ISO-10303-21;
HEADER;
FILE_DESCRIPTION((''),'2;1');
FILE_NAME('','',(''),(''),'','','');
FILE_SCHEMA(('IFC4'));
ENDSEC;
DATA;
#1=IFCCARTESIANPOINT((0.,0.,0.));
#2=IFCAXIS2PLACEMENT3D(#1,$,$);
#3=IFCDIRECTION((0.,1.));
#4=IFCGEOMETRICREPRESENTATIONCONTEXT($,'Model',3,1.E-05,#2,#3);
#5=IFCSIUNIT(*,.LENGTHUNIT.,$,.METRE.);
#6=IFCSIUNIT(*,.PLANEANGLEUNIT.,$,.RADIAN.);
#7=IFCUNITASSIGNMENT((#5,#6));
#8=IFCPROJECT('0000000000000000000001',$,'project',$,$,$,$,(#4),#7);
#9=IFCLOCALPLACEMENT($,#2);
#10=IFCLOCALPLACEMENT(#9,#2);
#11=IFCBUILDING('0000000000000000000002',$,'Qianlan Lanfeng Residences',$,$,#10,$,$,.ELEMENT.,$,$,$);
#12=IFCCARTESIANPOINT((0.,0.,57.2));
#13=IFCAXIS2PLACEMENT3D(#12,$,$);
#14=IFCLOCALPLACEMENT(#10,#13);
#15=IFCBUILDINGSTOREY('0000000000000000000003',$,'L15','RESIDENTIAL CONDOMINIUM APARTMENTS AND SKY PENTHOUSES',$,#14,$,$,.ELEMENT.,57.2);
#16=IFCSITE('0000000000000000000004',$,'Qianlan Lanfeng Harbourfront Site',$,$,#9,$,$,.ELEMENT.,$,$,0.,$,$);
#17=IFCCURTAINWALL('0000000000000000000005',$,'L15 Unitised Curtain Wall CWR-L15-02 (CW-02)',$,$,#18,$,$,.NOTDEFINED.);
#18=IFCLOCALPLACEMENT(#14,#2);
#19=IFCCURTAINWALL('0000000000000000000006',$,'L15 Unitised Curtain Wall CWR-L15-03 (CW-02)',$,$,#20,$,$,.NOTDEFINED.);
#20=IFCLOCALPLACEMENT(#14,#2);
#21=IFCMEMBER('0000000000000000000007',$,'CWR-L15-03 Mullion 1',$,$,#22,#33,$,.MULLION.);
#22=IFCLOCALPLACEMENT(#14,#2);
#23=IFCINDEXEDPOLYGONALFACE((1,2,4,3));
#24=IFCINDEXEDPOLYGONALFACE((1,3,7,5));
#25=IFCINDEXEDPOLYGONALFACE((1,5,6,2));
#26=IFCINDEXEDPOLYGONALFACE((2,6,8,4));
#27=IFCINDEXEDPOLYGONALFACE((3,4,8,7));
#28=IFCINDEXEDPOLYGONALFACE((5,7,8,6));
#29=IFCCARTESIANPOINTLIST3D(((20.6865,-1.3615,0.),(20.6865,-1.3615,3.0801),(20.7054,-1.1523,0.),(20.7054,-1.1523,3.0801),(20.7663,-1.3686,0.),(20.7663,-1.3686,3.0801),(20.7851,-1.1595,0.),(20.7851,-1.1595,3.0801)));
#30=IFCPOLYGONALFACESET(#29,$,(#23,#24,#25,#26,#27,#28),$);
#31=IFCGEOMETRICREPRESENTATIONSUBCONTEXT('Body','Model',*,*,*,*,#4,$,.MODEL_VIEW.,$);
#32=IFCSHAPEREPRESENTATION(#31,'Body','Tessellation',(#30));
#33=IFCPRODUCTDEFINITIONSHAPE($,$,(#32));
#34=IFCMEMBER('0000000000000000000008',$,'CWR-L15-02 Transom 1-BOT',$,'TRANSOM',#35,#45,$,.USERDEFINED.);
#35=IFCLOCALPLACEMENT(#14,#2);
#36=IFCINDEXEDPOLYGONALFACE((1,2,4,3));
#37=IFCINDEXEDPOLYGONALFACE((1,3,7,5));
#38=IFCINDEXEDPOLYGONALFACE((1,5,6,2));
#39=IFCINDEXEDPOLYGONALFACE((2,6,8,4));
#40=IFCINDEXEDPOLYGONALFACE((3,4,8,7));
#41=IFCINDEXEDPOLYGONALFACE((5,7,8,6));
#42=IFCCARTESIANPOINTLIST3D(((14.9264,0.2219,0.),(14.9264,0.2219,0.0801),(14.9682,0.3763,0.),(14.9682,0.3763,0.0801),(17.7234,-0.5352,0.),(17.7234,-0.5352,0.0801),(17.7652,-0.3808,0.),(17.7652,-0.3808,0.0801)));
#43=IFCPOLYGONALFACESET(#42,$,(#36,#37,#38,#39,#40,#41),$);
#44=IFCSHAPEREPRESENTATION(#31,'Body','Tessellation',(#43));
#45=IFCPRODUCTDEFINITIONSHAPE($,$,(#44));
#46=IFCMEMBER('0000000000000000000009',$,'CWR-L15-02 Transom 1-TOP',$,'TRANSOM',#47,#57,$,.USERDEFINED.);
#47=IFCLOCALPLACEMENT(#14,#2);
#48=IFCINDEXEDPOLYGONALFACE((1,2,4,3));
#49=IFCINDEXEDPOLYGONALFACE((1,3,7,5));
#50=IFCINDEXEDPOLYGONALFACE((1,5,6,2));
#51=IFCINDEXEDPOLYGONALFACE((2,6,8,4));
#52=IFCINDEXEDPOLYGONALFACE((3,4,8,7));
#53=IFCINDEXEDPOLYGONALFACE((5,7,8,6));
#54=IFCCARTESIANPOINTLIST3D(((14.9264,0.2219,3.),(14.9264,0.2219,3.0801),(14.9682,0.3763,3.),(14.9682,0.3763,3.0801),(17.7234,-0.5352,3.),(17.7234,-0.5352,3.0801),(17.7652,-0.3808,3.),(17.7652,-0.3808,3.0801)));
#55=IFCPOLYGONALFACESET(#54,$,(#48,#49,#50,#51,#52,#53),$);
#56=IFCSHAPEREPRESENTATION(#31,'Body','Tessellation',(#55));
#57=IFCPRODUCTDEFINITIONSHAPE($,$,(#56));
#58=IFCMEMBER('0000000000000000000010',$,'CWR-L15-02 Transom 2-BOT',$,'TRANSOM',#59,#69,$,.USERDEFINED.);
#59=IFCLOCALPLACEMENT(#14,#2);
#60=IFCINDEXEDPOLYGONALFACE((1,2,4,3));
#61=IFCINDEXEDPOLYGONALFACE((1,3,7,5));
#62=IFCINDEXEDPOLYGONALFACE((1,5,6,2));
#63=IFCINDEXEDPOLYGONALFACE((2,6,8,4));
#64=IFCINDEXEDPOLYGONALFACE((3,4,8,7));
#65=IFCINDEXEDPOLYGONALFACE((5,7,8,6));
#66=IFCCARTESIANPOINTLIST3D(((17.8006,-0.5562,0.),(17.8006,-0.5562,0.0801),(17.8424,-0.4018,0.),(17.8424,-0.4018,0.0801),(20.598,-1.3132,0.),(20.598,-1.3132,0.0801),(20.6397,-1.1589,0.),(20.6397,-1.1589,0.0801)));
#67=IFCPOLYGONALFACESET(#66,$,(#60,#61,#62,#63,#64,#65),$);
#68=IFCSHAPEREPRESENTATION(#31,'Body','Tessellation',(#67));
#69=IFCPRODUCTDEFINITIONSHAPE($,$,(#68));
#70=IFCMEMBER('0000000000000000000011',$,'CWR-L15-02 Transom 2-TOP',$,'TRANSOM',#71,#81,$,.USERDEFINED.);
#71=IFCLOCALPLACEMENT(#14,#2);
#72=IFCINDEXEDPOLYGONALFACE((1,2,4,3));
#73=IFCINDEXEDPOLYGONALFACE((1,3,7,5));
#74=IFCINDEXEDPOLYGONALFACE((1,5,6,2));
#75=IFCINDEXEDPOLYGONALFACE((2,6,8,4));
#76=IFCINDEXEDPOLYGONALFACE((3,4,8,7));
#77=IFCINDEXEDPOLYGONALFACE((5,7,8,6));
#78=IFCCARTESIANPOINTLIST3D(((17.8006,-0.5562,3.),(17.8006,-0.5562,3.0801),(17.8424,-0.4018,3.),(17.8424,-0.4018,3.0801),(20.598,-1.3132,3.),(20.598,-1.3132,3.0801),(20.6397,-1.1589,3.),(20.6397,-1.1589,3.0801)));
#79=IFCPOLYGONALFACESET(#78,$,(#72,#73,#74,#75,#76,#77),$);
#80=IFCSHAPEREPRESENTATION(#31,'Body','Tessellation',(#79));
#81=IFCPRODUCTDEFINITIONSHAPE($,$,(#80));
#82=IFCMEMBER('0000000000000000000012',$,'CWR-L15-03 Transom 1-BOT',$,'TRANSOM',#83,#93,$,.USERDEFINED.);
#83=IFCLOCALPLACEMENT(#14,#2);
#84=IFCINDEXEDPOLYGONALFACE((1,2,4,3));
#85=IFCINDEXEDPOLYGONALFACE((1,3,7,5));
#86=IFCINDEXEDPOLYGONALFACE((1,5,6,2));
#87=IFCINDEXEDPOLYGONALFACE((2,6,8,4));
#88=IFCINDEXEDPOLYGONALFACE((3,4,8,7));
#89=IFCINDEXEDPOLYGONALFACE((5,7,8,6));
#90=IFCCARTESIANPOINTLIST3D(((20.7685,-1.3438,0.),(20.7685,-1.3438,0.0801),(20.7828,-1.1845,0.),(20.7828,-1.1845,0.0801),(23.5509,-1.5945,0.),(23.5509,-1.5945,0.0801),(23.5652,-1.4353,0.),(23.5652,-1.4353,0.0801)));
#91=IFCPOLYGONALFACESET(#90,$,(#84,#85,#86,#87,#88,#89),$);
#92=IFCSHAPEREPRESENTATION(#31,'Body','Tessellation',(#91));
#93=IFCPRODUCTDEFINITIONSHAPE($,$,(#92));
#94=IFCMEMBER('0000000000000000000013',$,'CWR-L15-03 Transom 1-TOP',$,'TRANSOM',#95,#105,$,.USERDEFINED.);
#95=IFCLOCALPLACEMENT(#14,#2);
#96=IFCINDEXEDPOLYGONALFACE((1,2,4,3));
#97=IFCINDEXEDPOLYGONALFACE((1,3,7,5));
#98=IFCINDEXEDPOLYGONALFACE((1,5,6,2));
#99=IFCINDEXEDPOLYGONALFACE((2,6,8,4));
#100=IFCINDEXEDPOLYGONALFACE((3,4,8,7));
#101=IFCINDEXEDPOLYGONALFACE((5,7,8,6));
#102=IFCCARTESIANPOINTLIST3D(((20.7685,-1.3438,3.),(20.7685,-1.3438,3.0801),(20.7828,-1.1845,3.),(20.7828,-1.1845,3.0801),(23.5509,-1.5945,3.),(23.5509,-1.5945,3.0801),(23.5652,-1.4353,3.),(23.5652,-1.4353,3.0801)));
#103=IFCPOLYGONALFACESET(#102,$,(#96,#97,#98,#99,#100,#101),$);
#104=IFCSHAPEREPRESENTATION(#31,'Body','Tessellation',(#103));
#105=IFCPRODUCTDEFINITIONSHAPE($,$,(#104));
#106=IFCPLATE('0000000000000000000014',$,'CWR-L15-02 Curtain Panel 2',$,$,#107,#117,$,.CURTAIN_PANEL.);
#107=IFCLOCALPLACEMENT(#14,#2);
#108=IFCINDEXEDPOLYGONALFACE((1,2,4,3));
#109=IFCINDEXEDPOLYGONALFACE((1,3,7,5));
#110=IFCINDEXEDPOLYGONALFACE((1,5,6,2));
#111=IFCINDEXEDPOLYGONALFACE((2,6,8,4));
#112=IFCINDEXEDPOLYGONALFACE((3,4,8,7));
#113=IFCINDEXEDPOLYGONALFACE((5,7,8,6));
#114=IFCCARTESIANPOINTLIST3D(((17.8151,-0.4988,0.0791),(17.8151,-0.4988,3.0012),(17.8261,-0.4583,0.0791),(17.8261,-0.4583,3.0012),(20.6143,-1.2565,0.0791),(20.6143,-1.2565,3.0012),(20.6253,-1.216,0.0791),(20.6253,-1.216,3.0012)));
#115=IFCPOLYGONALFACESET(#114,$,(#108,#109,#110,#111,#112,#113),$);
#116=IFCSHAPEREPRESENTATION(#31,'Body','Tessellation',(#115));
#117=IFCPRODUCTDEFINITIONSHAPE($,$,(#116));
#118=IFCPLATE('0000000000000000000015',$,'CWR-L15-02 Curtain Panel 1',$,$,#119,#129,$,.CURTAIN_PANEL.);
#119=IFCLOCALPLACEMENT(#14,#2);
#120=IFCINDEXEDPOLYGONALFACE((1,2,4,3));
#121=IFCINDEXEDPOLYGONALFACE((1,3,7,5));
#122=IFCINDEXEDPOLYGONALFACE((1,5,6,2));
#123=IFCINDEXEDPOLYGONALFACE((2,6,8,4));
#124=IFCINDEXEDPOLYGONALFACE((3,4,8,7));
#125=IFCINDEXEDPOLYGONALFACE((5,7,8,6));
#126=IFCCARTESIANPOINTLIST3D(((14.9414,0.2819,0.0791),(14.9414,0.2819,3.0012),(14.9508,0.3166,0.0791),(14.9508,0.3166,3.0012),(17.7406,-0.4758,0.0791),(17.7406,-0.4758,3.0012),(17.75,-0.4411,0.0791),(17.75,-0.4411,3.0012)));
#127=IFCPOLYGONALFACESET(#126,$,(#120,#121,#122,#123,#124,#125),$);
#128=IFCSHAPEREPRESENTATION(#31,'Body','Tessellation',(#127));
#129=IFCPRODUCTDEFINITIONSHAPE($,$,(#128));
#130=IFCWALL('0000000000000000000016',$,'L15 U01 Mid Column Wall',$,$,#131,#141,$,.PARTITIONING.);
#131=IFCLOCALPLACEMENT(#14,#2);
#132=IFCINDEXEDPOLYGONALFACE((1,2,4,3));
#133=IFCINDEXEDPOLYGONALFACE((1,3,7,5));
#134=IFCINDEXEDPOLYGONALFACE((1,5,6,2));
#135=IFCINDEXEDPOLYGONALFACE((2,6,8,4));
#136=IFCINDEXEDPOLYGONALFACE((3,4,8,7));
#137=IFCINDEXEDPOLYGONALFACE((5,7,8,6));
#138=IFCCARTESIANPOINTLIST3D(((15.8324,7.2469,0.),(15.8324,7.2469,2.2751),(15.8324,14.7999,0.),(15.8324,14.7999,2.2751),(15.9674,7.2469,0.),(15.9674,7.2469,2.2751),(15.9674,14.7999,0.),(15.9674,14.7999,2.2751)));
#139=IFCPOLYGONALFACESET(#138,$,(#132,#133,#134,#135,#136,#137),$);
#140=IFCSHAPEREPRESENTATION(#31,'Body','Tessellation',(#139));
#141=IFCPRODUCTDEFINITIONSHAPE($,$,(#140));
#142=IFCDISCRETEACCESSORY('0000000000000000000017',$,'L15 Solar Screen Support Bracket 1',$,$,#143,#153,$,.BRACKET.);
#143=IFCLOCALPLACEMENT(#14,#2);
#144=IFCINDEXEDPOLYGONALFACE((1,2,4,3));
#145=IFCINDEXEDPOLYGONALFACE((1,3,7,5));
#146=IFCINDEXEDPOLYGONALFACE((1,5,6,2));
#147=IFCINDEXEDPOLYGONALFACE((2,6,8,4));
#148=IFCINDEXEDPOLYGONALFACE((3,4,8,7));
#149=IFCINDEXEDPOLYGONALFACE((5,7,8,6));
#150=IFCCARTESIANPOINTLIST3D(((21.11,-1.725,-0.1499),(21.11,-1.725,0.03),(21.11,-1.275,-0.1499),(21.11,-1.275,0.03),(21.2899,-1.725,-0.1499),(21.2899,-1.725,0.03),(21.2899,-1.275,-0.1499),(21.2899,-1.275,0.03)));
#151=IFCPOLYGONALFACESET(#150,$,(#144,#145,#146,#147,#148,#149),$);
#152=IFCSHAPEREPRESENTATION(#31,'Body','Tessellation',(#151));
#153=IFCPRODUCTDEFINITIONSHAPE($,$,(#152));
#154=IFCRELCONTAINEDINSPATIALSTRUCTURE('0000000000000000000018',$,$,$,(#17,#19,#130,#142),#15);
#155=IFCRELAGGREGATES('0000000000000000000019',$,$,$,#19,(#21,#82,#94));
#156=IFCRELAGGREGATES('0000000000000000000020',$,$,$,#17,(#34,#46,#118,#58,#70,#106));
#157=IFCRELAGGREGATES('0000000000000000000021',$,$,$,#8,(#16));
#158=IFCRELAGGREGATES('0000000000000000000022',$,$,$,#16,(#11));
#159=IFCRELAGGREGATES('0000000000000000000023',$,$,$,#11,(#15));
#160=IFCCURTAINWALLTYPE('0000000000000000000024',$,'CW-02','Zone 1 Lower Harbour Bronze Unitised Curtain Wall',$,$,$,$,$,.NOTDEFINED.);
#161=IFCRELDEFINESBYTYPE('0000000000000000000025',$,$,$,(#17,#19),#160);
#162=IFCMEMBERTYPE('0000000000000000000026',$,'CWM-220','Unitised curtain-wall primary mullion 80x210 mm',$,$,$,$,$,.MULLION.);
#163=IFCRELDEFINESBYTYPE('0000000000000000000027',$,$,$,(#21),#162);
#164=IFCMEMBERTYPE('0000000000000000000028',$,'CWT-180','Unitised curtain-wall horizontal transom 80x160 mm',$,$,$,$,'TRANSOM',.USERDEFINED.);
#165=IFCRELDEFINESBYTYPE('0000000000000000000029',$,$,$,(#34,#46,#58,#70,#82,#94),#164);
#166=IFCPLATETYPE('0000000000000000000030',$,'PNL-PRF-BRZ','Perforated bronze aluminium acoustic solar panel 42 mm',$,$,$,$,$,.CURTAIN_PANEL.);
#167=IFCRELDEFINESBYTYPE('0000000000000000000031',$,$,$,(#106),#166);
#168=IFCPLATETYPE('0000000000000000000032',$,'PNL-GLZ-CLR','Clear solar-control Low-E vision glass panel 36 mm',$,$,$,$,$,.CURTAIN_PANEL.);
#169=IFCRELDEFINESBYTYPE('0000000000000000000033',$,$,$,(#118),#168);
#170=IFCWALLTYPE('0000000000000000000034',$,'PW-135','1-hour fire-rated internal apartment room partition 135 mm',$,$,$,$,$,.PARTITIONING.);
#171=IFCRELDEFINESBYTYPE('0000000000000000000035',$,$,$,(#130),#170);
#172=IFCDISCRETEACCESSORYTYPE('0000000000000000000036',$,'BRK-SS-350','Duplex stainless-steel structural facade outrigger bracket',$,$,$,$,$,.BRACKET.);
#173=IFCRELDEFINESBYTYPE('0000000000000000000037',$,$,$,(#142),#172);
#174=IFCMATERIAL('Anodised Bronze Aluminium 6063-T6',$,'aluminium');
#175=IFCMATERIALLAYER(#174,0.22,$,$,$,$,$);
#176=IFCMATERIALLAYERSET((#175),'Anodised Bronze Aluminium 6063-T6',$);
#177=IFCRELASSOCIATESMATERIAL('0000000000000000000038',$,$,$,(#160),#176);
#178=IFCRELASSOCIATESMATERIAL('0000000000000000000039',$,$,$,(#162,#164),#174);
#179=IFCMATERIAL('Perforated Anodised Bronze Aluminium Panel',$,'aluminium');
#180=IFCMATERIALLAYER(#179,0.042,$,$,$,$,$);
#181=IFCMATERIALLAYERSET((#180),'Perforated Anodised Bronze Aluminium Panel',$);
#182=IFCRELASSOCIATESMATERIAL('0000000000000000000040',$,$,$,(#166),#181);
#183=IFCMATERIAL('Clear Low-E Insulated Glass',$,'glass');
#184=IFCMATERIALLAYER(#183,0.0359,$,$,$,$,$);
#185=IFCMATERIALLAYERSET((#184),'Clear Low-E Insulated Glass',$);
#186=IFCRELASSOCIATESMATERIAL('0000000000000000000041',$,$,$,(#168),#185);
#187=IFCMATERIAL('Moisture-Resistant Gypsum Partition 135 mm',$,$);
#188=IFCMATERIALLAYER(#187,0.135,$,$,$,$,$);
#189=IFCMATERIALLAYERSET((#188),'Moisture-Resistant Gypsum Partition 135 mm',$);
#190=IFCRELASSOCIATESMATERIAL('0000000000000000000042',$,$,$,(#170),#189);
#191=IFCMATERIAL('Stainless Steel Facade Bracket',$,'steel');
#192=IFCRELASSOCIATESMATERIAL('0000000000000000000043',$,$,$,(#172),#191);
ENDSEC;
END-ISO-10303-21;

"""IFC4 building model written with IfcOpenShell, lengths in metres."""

from ifc_helpers import new_model, si_unit, direction, frame, frame_2d, origin, origin_2d, place, context, subcontext, project, spatial, rectangle, extrude, source, transform, mapped, material, layer, layer_set, material_profile, profile_set, type_object, element, aggregate, save


model = new_model("IFC4")

# Units and contexts
model_context = context("Model", 3, precision=1e-05, world=origin(), true_north=direction((0.0, 1.0)))
body_context = subcontext(model_context, "Body", "Model", "MODEL_VIEW")
ifc_project = project(units=[si_unit("LENGTHUNIT", "METRE"), si_unit("PLANEANGLEUNIT", "RADIAN")], contexts=[model_context])

# Site, building, storey
site_placement = place(None, origin())
site = spatial("IfcSite", under=ifc_project, at=site_placement, Name="Qianlan Lanfeng Harbourfront Site", CompositionType="ELEMENT", RefElevation=0.0)
building_placement = place(site_placement, origin())
building = spatial("IfcBuilding", under=site, at=building_placement, Name="Qianlan Lanfeng Residences", CompositionType="ELEMENT")
storey_placement = place(building_placement, frame((0.0, 0.0, 57.2)))
storey = spatial("IfcBuildingStorey", under=building, at=storey_placement, Name="L15", Description="RESIDENTIAL CONDOMINIUM APARTMENTS AND SKY PENTHOUSES", CompositionType="ELEMENT", Elevation=57.2)

# Curtain wall
ifc_material_1 = material(Name="Anodised Bronze Aluminium 6063-T6", Category="aluminium")
ifc_layer_1 = layer(ifc_material_1, 0.22)
ifc_layer_set_1 = layer_set([ifc_layer_1], Name="Anodised Bronze Aluminium 6063-T6")
curtain_wall_type = type_object("IfcCurtainWallType", Name="CW-02", Description="Zone 1 Lower Harbour Bronze Unitised Curtain Wall", PredefinedType="NOTDEFINED", material=ifc_layer_set_1)
curtain_wall_1_placement = place(storey_placement, origin())
curtain_wall_1 = element("IfcCurtainWall", 1, at=curtain_wall_1_placement, inside=storey, type_object=curtain_wall_type, Name="L15 Unitised Curtain Wall CWR-L15-02 (CW-02)", PredefinedType="NOTDEFINED")
ifc_material_profile_1 = material_profile(ifc_material_1, rectangle(XDim=0.0801, YDim=0.21, at=origin_2d()), Name="ALU MULLION 80x210")
ifc_profile_set_1 = profile_set([ifc_material_profile_1], Name="Anodised Bronze Aluminium 6063-T6")
member_type_1 = type_object("IfcMemberType", Name="CWM-220", Description="Unitised curtain-wall primary mullion 80x210 mm", PredefinedType="MULLION", material=ifc_profile_set_1)
shared_shape_1 = source(origin(), body_context, "Body", "SweptSolid", [
    extrude(rectangle(XDim=0.0801, YDim=0.21, at=origin_2d()), origin(), (0.0, 0.0, 1.0), 3.0801),
])

# Curtain wall, member
curtain_wall_2_placement = place(storey_placement, origin())
curtain_wall_2 = element("IfcCurtainWall", 2, at=curtain_wall_2_placement, inside=storey, type_object=curtain_wall_type, Name="L15 Unitised Curtain Wall CWR-L15-03 (CW-02)", PredefinedType="NOTDEFINED")
member_1_placement = place(storey_placement, frame((20.7358, -1.2605, 0.0), z_axis=(0.0, 0.0, 1.0), x_axis=(0.995965, -0.089746, 0.0)))
member_1 = element("IfcMember", 3, at=member_1_placement, type_object=member_type_1, Name="CWR-L15-03 Mullion 1", PredefinedType="MULLION", context=body_context, shape_type="MappedRepresentation", body=[
    mapped(shared_shape_1, transform((0.0, 0.0, 0.0), scale=1.0)),
])

# Members
ifc_material_profile_2 = material_profile(ifc_material_1, rectangle(XDim=0.0801, YDim=0.1599, at=origin_2d()), Name="ALU TRANSOM 80x160")
ifc_profile_set_2 = profile_set([ifc_material_profile_2], Name="Anodised Bronze Aluminium 6063-T6")
member_type_2 = type_object("IfcMemberType", Name="CWT-180", Description="Unitised curtain-wall horizontal transom 80x160 mm", ElementType="TRANSOM", PredefinedType="USERDEFINED", material=ifc_profile_set_2)
shared_shape_2 = source(origin(), body_context, "Body", "SweptSolid", [
    extrude(rectangle(XDim=0.0801, YDim=0.1599, at=origin_2d()), origin(), (0.0, 0.0, 1.0), 2.8977),
])
member_2_placement = place(storey_placement, frame((14.9473, 0.2991, 0.04), z_axis=(0.965268, -0.261263, 0.0), x_axis=(0.0, 0.0, 1.0)))
member_2 = element("IfcMember", 4, at=member_2_placement, type_object=member_type_2, Name="CWR-L15-02 Transom 1-BOT", ObjectType="TRANSOM", PredefinedType="USERDEFINED", context=body_context, shape_type="MappedRepresentation", body=[
    mapped(shared_shape_2, transform((0.0, 0.0, 0.0), scale=1.0)),
])
member_3_placement = place(storey_placement, frame((14.9473, 0.2991, 3.04), z_axis=(0.965268, -0.261263, 0.0), x_axis=(0.0, 0.0, 1.0)))
member_3 = element("IfcMember", 5, at=member_3_placement, type_object=member_type_2, Name="CWR-L15-02 Transom 1-TOP", ObjectType="TRANSOM", PredefinedType="USERDEFINED", context=body_context, shape_type="MappedRepresentation", body=[
    mapped(shared_shape_2, transform((0.0, 0.0, 0.0), scale=1.0)),
])
shared_shape_3 = source(origin(), body_context, "Body", "SweptSolid", [
    extrude(rectangle(XDim=0.0801, YDim=0.1599, at=origin_2d()), origin(), (0.0, 0.0, 1.0), 2.8979),
])
member_4_placement = place(storey_placement, frame((17.8215, -0.479, 0.04), z_axis=(0.965273, -0.261242, 0.0), x_axis=(0.0, 0.0, 1.0)))
member_4 = element("IfcMember", 6, at=member_4_placement, type_object=member_type_2, Name="CWR-L15-02 Transom 2-BOT", ObjectType="TRANSOM", PredefinedType="USERDEFINED", context=body_context, shape_type="MappedRepresentation", body=[
    mapped(shared_shape_3, transform((0.0, 0.0, 0.0), scale=1.0)),
])
member_5_placement = place(storey_placement, frame((17.8215, -0.479, 3.04), z_axis=(0.965273, -0.261242, 0.0), x_axis=(0.0, 0.0, 1.0)))
member_5 = element("IfcMember", 7, at=member_5_placement, type_object=member_type_2, Name="CWR-L15-02 Transom 2-TOP", ObjectType="TRANSOM", PredefinedType="USERDEFINED", context=body_context, shape_type="MappedRepresentation", body=[
    mapped(shared_shape_3, transform((0.0, 0.0, 0.0), scale=1.0)),
])
shared_shape_4 = source(origin(), body_context, "Body", "SweptSolid", [
    extrude(rectangle(XDim=0.0801, YDim=0.1599, at=origin_2d()), origin(), (0.0, 0.0, 1.0), 2.7937),
])
member_6_placement = place(storey_placement, frame((20.7756, -1.2642, 0.04), z_axis=(0.995965, -0.089748, 0.0), x_axis=(0.0, 0.0, 1.0)))
member_6 = element("IfcMember", 8, at=member_6_placement, type_object=member_type_2, Name="CWR-L15-03 Transom 1-BOT", ObjectType="TRANSOM", PredefinedType="USERDEFINED", context=body_context, shape_type="MappedRepresentation", body=[
    mapped(shared_shape_4, transform((0.0, 0.0, 0.0), scale=1.0)),
])
member_7_placement = place(storey_placement, frame((20.7756, -1.2642, 3.04), z_axis=(0.995965, -0.089748, 0.0), x_axis=(0.0, 0.0, 1.0)))
member_7 = element("IfcMember", 9, at=member_7_placement, type_object=member_type_2, Name="CWR-L15-03 Transom 1-TOP", ObjectType="TRANSOM", PredefinedType="USERDEFINED", context=body_context, shape_type="MappedRepresentation", body=[
    mapped(shared_shape_4, transform((0.0, 0.0, 0.0), scale=1.0)),
])
aggregate(curtain_wall_2, [member_1, member_6, member_7])

# Plates
ifc_material_2 = material(Name="Perforated Anodised Bronze Aluminium Panel", Category="aluminium")
ifc_layer_2 = layer(ifc_material_2, 0.042)
ifc_layer_set_2 = layer_set([ifc_layer_2], Name="Perforated Anodised Bronze Aluminium Panel")
plate_type_1 = type_object("IfcPlateType", Name="PNL-PRF-BRZ", Description="Perforated bronze aluminium acoustic solar panel 42 mm", PredefinedType="CURTAIN_PANEL", material=ifc_layer_set_2)
shared_shape_5 = source(origin(), body_context, "Body", "SweptSolid", [
    extrude(rectangle(XDim=2.8999, YDim=0.042, at=origin_2d()), origin(), (0.0, 0.0, 1.0), 2.9221),
])
plate_1_placement = place(storey_placement, frame((19.2202, -0.8574, 0.0791), z_axis=(0.0, 0.0, 1.0), x_axis=(0.965263, -0.261281, 0.0)))
plate_1 = element("IfcPlate", 10, at=plate_1_placement, type_object=plate_type_1, Name="CWR-L15-02 Curtain Panel 2", PredefinedType="CURTAIN_PANEL", context=body_context, shape_type="MappedRepresentation", body=[
    mapped(shared_shape_5, transform((0.0, 0.0, 0.0), scale=1.0)),
])
ifc_material_3 = material(Name="Clear Low-E Insulated Glass", Category="glass")
ifc_layer_3 = layer(ifc_material_3, 0.0359)
ifc_layer_set_3 = layer_set([ifc_layer_3], Name="Clear Low-E Insulated Glass")
plate_type_2 = type_object("IfcPlateType", Name="PNL-GLZ-CLR", Description="Clear solar-control Low-E vision glass panel 36 mm", PredefinedType="CURTAIN_PANEL", material=ifc_layer_set_3)
shared_shape_6 = source(origin(), body_context, "Body", "SweptSolid", [
    extrude(rectangle(XDim=2.8999, YDim=0.0359, at=origin_2d()), origin(), (0.0, 0.0, 1.0), 2.9221),
])
plate_2_placement = place(storey_placement, frame((16.3457, -0.0796, 0.0791), z_axis=(0.0, 0.0, 1.0), x_axis=(0.965263, -0.261281, 0.0)))
plate_2 = element("IfcPlate", 11, at=plate_2_placement, type_object=plate_type_2, Name="CWR-L15-02 Curtain Panel 1", PredefinedType="CURTAIN_PANEL", context=body_context, shape_type="MappedRepresentation", body=[
    mapped(shared_shape_6, transform((0.0, 0.0, 0.0), scale=1.0)),
])
aggregate(curtain_wall_1, [member_2, member_3, plate_2, member_4, member_5, plate_1])

# Wall
ifc_material_4 = material(Name="Moisture-Resistant Gypsum Partition 135 mm")
ifc_layer_4 = layer(ifc_material_4, 0.135)
ifc_layer_set_4 = layer_set([ifc_layer_4], Name="Moisture-Resistant Gypsum Partition 135 mm")
wall_type = type_object("IfcWallType", Name="PW-135", Description="1-hour fire-rated internal apartment room partition 135 mm", PredefinedType="PARTITIONING", material=ifc_layer_set_4)
wall_placement = place(storey_placement, frame((15.8999, 7.2471, 0.0), z_axis=(0.0, 0.0, 1.0), x_axis=(0.0, 1.0, 0.0)))
element("IfcWall", 12, at=wall_placement, inside=storey, type_object=wall_type, Name="L15 U01 Mid Column Wall", PredefinedType="PARTITIONING", context=body_context, shape_type="SweptSolid", body=[
    extrude(rectangle(XDim=7.553, YDim=0.135, at=frame_2d((3.7764, 0.0))), origin(), (0.0, 0.0, 1.0), 2.2751),
])

# Discrete accessory
ifc_material_5 = material(Name="Stainless Steel Facade Bracket", Category="steel")
discrete_accessory_type = type_object("IfcDiscreteAccessoryType", Name="BRK-SS-350", Description="Duplex stainless-steel structural facade outrigger bracket", PredefinedType="BRACKET", material=ifc_material_5)
shared_shape_7 = source(origin(), body_context, "Body", "SweptSolid", [
    extrude(rectangle(XDim=0.1799, YDim=0.45, at=origin_2d()), origin(), (0.0, 0.0, 1.0), 0.1799),
])
discrete_accessory_placement = place(storey_placement, frame((21.2, -1.5, -0.1499), z_axis=(0.0, 0.0, 1.0), x_axis=(1.0, 0.0, 0.0)))
element("IfcDiscreteAccessory", 13, at=discrete_accessory_placement, inside=storey, type_object=discrete_accessory_type, Name="L15 Solar Screen Support Bracket 1", PredefinedType="BRACKET", context=body_context, shape_type="MappedRepresentation", body=[
    mapped(shared_shape_7, transform((0.0, 0.0, 0.0), scale=1.0)),
])

save(model, "model.ifc")
